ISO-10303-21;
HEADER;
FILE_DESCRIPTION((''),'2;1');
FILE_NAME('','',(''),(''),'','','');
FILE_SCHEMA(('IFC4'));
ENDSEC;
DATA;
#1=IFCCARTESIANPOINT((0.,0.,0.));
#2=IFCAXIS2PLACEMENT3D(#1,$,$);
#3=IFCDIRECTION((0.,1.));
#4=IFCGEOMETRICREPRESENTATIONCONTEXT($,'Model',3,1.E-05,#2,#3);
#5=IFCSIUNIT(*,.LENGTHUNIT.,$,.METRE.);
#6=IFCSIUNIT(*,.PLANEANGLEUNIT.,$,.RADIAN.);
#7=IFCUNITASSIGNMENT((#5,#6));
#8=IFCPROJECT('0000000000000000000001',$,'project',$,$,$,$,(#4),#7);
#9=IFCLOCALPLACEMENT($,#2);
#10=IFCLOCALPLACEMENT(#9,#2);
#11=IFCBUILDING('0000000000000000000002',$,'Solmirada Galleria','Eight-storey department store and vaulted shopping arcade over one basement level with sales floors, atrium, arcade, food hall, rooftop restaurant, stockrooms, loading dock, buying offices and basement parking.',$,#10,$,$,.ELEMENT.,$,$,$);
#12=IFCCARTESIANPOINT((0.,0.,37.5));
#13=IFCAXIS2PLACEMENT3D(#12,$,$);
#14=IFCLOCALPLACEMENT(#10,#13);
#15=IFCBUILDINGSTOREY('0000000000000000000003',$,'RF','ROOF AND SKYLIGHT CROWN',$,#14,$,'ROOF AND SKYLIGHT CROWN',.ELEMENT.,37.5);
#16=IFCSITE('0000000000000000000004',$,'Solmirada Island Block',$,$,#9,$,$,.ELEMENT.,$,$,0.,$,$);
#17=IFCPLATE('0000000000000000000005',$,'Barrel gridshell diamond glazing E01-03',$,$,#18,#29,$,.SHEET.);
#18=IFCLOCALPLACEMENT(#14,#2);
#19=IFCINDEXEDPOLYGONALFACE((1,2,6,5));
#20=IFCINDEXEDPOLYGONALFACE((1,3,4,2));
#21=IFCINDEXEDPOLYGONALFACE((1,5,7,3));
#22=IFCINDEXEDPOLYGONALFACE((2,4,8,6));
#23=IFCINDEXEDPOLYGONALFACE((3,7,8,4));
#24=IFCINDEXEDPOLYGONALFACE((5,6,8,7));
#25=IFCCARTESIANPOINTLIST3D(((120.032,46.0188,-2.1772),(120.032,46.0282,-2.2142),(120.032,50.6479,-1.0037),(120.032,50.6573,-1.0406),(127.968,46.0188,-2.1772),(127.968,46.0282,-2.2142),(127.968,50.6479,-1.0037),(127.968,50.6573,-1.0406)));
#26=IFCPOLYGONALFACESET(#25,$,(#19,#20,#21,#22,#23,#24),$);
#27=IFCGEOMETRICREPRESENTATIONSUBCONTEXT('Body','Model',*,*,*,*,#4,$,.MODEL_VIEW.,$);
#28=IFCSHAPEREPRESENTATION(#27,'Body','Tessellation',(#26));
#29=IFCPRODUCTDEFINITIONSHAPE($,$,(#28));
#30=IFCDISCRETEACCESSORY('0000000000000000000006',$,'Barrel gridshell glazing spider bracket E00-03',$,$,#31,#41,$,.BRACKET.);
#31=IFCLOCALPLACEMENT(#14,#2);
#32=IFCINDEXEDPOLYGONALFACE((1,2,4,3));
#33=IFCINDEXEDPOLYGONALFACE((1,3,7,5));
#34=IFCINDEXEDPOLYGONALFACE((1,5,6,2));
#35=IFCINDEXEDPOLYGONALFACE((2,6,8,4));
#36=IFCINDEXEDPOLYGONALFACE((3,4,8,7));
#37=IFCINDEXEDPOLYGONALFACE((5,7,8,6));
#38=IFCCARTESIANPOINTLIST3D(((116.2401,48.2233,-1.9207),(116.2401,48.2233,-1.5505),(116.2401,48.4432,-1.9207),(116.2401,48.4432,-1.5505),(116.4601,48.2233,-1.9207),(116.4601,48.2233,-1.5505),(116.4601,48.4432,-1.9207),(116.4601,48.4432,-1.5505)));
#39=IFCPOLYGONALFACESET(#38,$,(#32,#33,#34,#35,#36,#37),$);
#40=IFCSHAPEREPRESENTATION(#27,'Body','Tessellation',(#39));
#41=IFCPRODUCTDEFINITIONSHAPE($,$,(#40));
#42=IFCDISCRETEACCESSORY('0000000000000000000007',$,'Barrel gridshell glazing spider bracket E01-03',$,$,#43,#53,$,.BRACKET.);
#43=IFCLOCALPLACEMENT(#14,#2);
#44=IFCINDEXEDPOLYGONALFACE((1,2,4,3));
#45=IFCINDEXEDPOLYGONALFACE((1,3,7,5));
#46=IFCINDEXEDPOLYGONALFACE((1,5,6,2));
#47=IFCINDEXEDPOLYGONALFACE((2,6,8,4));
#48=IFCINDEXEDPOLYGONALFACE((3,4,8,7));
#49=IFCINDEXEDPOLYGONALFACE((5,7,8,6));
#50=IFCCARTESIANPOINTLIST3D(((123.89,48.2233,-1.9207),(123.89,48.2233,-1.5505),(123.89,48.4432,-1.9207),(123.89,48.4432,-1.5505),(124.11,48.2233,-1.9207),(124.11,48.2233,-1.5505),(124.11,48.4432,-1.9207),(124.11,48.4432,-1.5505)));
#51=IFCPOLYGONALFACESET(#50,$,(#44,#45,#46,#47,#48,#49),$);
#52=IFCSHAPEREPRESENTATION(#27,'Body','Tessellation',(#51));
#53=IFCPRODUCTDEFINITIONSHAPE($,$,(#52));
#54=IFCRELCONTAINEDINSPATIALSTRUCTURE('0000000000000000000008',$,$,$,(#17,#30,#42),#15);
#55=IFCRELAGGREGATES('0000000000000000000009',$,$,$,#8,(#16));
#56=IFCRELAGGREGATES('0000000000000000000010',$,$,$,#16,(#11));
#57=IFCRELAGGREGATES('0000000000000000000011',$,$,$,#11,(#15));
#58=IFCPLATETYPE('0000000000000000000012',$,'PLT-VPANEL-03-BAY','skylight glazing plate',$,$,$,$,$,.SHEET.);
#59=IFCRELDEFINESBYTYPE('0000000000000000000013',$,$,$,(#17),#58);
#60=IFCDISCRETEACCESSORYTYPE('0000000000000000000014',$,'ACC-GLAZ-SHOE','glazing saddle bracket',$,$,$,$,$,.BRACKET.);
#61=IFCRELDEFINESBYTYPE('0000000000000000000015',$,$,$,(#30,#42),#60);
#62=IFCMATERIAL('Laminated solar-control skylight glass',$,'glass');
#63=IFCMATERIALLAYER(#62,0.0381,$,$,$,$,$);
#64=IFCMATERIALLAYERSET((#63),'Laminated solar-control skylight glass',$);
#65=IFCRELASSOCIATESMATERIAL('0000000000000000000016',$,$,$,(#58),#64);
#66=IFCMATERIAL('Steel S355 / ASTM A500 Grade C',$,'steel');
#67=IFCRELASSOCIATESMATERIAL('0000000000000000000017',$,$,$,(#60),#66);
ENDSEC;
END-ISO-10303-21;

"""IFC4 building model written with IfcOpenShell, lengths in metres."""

from ifc_helpers import new_model, si_unit, direction, frame, origin, origin_2d, place, context, subcontext, project, spatial, polyline, rectangle, outline, extrude, material, layer, layer_set, type_object, element, save


model = new_model("IFC4")

# Units and contexts
model_context = context("Model", 3, precision=1e-05, world=origin(), true_north=direction((0.0, 1.0)))
body_context = subcontext(model_context, "Body", "Model", "MODEL_VIEW")
ifc_project = project(units=[si_unit("LENGTHUNIT", "METRE"), si_unit("PLANEANGLEUNIT", "RADIAN")], contexts=[model_context])

# Site, building, storey
site_placement = place(None, origin())
site = spatial("IfcSite", under=ifc_project, at=site_placement, Name="Solmirada Island Block", CompositionType="ELEMENT", RefElevation=0.0)
building_placement = place(site_placement, origin())
building = spatial("IfcBuilding", under=site, at=building_placement, Name="Solmirada Galleria", Description="Eight-storey department store and vaulted shopping arcade over one basement level with sales floors, atrium, arcade, food hall, rooftop restaurant, stockrooms, loading dock, buying offices and basement parking.", CompositionType="ELEMENT")
storey_placement = place(building_placement, frame((0.0, 0.0, 37.5)))
storey = spatial("IfcBuildingStorey", under=building, at=storey_placement, Name="RF", Description="ROOF AND SKYLIGHT CROWN", LongName="ROOF AND SKYLIGHT CROWN", CompositionType="ELEMENT", Elevation=37.5)

# Shared definitions
ifc_material_1 = material(Name="Steel S355 / ASTM A500 Grade C", Category="steel")

# Plate
ifc_material_2 = material(Name="Laminated solar-control skylight glass", Category="glass")
ifc_layer_1 = layer(ifc_material_2, 0.0381)
ifc_layer_set_1 = layer_set([ifc_layer_1], Name="Laminated solar-control skylight glass")
plate_type_1 = type_object("IfcPlateType", Name="PLT-VPANEL-03-BAY", Description="skylight glazing plate", PredefinedType="SHEET", material=ifc_layer_set_1)
plate_1_placement = place(storey_placement, frame((120.032, 46.0188, -2.1772), z_axis=(0.0, -0.245746, 0.969334), x_axis=(1.0, 0.0, 0.0)))
element("IfcPlate", 1, at=plate_1_placement, inside=storey, type_object=plate_type_1, Name="Barrel gridshell diamond glazing E01-03", PredefinedType="SHEET", context=body_context, shape_type="SweptSolid", body=[
    extrude(outline(polyline([(0.0, 0.0), (7.936, 0.0), (7.936, 4.7756), (0.0, 4.7756), (0.0, 0.0)])), origin(), (0.0, 0.0, -1.0), 0.0381),
])

# Discrete accessories
discrete_accessory_type = type_object("IfcDiscreteAccessoryType", Name="ACC-GLAZ-SHOE", Description="glazing saddle bracket", PredefinedType="BRACKET", material=ifc_material_1)
for number, where, z_axis, x_axis, name in (
    (2, (116.3501, 48.3333, -1.9207), (0.0, 0.0, 1.0), (1.0, 0.0, 0.0), "Barrel gridshell glazing spider bracket E00-03"),
    (3, (124.0, 48.3333, -1.9207), (0.0, 0.0, 1.0), (1.0, 0.0, 0.0), "Barrel gridshell glazing spider bracket E01-03"),
):
    element("IfcDiscreteAccessory", number, at=place(storey_placement, frame(where, z_axis=z_axis, x_axis=x_axis)), inside=storey, type_object=discrete_accessory_type, Name=name, PredefinedType="BRACKET", context=body_context, shape_type="SweptSolid", body=[
        extrude(rectangle(XDim=0.22, YDim=0.22, at=origin_2d()), origin(), (0.0, 0.0, 1.0), 0.3701),
    ])

save(model, "model.ifc")
